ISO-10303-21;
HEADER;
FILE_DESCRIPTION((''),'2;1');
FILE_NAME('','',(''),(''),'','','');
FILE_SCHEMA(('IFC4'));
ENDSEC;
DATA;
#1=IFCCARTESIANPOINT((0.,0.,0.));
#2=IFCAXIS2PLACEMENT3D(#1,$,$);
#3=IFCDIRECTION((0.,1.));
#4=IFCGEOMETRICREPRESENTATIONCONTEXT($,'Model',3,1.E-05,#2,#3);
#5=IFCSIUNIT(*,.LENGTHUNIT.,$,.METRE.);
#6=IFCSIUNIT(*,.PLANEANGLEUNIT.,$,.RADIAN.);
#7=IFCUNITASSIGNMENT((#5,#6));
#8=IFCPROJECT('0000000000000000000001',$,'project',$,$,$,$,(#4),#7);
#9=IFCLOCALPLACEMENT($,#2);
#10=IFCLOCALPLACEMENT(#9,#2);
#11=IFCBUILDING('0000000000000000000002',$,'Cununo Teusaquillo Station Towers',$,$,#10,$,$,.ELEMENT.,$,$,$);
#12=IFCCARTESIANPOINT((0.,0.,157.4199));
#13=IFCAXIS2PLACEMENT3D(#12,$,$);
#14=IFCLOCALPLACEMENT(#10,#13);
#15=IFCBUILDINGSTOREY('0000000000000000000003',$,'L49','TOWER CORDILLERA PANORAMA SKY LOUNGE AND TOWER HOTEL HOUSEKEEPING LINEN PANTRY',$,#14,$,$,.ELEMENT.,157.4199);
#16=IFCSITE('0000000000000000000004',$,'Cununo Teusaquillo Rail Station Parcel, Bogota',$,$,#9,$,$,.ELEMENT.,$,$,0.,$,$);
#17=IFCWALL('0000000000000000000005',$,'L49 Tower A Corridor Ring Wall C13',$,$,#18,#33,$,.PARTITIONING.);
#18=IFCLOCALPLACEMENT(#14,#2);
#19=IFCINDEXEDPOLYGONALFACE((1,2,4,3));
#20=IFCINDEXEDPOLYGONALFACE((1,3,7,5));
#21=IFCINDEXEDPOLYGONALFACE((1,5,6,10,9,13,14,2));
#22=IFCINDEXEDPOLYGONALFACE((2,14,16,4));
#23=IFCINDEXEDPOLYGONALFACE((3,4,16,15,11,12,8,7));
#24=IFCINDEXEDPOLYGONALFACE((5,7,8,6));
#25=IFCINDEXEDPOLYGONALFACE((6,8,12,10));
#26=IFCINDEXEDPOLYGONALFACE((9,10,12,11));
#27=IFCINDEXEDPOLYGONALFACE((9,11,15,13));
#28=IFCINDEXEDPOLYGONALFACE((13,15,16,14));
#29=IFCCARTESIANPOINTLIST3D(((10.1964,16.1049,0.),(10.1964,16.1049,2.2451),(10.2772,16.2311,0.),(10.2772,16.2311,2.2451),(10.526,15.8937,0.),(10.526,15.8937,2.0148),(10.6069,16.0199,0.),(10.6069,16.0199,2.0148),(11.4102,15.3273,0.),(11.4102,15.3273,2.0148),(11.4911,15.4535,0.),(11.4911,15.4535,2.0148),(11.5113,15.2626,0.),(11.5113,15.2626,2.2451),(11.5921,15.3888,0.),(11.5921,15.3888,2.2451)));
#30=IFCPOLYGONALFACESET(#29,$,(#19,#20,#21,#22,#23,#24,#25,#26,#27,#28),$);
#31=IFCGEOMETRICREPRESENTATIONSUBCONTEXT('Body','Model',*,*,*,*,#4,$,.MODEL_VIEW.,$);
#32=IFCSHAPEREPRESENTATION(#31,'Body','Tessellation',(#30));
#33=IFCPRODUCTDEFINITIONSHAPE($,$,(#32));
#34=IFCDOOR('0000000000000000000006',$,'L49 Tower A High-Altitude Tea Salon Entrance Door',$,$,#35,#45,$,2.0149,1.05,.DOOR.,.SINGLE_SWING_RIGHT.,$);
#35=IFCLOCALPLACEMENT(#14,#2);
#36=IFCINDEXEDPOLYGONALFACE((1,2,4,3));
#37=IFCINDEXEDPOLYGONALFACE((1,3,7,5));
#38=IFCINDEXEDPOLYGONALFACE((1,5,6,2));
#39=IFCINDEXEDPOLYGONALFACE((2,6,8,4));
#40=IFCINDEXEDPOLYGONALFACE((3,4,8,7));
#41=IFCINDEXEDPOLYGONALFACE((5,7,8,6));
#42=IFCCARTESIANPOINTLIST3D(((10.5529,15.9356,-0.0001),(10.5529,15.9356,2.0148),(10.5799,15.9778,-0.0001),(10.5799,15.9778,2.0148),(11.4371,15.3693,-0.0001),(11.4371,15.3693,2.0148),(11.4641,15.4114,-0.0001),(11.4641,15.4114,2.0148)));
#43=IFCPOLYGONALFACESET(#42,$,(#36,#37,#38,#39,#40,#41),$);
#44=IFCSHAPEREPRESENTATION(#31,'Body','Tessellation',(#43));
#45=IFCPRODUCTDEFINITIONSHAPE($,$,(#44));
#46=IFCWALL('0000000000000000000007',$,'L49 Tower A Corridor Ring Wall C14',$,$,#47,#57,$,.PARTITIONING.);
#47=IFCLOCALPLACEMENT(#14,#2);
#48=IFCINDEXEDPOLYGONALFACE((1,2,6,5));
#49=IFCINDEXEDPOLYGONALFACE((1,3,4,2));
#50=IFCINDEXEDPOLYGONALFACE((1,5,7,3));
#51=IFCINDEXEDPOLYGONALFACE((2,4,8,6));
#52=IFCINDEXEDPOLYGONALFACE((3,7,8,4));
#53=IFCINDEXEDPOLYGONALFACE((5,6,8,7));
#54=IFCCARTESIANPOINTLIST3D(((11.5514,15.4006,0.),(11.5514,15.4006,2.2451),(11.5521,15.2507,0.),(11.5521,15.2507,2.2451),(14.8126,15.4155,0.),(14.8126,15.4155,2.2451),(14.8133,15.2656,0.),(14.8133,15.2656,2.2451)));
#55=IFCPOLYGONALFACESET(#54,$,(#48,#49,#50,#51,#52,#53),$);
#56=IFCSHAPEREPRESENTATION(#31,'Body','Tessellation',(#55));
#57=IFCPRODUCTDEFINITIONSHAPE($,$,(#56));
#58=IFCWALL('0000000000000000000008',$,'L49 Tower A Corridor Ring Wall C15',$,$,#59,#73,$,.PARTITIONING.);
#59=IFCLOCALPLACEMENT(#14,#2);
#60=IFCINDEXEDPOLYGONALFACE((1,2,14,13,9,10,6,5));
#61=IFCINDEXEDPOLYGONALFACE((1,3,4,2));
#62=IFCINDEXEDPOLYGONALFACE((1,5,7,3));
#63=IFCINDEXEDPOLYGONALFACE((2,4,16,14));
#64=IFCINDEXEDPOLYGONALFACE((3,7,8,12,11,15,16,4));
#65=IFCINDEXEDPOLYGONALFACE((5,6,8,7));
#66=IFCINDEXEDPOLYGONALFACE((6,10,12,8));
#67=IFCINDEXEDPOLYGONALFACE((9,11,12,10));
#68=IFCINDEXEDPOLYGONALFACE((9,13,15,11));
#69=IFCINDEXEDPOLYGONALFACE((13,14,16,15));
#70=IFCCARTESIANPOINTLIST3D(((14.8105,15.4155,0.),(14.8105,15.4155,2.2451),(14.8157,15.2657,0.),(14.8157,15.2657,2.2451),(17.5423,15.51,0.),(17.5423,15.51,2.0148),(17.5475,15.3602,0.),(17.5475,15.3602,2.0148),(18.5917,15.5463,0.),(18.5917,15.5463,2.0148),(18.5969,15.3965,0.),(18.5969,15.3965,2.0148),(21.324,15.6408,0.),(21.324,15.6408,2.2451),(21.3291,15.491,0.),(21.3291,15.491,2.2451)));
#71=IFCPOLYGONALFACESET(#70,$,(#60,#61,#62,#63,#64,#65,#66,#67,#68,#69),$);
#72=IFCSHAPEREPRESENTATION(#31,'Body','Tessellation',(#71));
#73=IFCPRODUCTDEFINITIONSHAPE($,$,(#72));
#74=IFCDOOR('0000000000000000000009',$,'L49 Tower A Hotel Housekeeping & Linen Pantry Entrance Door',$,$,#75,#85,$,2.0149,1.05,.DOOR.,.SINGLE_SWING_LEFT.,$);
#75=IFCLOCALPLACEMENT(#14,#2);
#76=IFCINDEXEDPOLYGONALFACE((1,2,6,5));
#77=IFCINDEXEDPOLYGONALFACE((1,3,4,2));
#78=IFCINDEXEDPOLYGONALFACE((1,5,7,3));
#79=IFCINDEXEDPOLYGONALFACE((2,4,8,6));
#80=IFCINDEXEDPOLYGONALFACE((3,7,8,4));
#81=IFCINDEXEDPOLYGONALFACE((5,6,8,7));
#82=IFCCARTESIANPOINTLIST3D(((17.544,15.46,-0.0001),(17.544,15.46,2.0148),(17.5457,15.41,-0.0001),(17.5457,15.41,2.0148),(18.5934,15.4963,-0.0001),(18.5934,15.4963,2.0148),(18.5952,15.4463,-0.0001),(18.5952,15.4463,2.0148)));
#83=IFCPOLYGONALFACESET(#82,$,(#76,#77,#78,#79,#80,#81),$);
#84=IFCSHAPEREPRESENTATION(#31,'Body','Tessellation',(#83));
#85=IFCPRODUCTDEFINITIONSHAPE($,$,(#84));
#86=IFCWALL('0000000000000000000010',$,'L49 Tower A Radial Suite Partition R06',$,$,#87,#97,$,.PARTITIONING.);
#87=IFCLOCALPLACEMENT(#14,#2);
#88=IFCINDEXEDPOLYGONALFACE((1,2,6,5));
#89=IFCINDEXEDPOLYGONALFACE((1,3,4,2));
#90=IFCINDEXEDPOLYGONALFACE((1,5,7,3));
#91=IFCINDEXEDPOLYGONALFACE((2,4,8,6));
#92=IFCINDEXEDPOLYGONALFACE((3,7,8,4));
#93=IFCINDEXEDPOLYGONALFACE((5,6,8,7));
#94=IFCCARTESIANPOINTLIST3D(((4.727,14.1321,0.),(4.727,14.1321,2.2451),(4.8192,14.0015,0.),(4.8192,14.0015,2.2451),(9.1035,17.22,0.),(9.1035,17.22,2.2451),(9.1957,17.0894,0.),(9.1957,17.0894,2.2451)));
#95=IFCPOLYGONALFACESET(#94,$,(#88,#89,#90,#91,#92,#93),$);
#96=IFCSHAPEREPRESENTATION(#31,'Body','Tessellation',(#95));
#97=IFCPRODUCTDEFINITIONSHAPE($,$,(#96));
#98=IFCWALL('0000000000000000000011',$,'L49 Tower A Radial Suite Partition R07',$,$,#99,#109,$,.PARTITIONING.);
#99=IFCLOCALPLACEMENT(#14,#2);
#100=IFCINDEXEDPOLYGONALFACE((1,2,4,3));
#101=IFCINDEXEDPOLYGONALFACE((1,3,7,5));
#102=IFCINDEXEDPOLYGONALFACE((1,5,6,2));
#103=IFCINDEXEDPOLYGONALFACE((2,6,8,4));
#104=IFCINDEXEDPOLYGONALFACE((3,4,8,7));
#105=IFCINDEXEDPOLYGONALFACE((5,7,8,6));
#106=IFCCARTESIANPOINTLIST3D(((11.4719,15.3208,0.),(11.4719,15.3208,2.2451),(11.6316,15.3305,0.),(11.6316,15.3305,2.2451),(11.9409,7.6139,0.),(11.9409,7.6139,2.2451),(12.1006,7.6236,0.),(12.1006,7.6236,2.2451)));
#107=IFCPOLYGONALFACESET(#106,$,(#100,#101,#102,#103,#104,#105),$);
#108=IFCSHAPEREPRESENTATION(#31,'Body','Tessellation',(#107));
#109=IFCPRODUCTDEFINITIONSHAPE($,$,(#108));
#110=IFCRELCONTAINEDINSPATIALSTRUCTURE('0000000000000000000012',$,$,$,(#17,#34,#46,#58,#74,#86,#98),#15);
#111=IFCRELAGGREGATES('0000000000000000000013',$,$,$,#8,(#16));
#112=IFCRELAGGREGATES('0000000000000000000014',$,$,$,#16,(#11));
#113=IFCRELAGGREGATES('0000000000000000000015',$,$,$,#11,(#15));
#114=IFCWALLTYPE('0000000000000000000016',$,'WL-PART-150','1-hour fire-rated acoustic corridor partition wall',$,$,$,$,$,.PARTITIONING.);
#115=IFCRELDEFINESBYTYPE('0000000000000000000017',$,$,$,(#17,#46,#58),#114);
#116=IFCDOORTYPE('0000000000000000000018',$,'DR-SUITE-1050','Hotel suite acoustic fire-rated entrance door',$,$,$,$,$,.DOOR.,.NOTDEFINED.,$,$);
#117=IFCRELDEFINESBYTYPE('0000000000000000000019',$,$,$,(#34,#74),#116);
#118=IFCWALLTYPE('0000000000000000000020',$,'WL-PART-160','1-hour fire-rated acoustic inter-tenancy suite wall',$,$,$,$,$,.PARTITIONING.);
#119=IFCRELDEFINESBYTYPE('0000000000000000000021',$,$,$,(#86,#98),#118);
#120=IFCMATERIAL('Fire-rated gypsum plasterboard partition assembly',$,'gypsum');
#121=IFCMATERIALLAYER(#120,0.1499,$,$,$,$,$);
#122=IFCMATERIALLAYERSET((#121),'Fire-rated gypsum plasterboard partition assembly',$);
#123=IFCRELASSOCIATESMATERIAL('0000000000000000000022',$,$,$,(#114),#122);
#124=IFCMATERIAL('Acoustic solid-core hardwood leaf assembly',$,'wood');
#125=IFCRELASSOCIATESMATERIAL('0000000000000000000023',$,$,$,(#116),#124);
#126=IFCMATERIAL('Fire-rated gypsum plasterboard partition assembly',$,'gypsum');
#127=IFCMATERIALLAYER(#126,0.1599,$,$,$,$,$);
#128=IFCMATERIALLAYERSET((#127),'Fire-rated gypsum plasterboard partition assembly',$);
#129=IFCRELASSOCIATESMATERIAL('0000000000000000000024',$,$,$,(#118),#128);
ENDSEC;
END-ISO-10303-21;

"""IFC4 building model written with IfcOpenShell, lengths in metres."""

from ifc_helpers import new_model, si_unit, direction, frame, frame_2d, origin, place, context, subcontext, project, spatial, rectangle, extrude, source, transform, mapped, material, layer, layer_set, type_object, element, fill, save


model = new_model("IFC4")

# Units and contexts
model_context = context("Model", 3, precision=1e-05, world=origin(), true_north=direction((0.0, 1.0)))
body_context = subcontext(model_context, "Body", "Model", "MODEL_VIEW")
ifc_project = project(units=[si_unit("LENGTHUNIT", "METRE"), si_unit("PLANEANGLEUNIT", "RADIAN")], contexts=[model_context])

# Site, building, storey
site_placement = place(None, origin())
site = spatial("IfcSite", under=ifc_project, at=site_placement, Name="Cununo Teusaquillo Rail Station Parcel, Bogota", CompositionType="ELEMENT", RefElevation=0.0)
building_placement = place(site_placement, origin())
building = spatial("IfcBuilding", under=site, at=building_placement, Name="Cununo Teusaquillo Station Towers", CompositionType="ELEMENT")
storey_placement = place(building_placement, frame((0.0, 0.0, 157.4199)))
storey = spatial("IfcBuildingStorey", under=building, at=storey_placement, Name="L49", Description="TOWER CORDILLERA PANORAMA SKY LOUNGE AND TOWER HOTEL HOUSEKEEPING LINEN PANTRY", CompositionType="ELEMENT", Elevation=157.4199)

# Shared definitions
ifc_material_1 = material(Name="Fire-rated gypsum plasterboard partition assembly", Category="gypsum")
ifc_layer_1 = layer(ifc_material_1, 0.1499)
ifc_layer_set_1 = layer_set([ifc_layer_1], Name="Fire-rated gypsum plasterboard partition assembly")
wall_type_1 = type_object("IfcWallType", Name="WL-PART-150", Description="1-hour fire-rated acoustic corridor partition wall", PredefinedType="PARTITIONING", material=ifc_layer_set_1)

# Wall, opening, door
wall_1_placement = place(storey_placement, frame((10.2368, 16.168, 0.0), z_axis=(0.0, 0.0, 1.0), x_axis=(0.842061, -0.539382, 0.0)))
wall_1 = element("IfcWall", 1, at=wall_1_placement, inside=storey, type_object=wall_type_1, Name="L49 Tower A Corridor Ring Wall C13", PredefinedType="PARTITIONING", context=body_context, shape_type="SweptSolid", body=[
    extrude(rectangle(XDim=1.5615, YDim=0.1499, at=frame_2d((0.7808, 0.0))), origin(), (0.0, 0.0, 1.0), 2.2451),
])
shared_shape_1 = source(origin(), body_context, "Body", "SweptSolid", [
    extrude(rectangle(XDim=1.05, YDim=2.0149, at=frame_2d((0.5249, 1.0073))), frame((0.0, 0.085, 0.0), z_axis=(0.0, -1.0, 0.0), x_axis=(1.0, 0.0, 0.0)), (0.0, 0.0, 1.0), 0.1699),
])
opening_1_placement = place(wall_1_placement, frame((0.3916, 0.0, 0.0)))
opening_1 = element("IfcOpeningElement", 2, at=opening_1_placement, cuts=wall_1, PredefinedType="OPENING", context=body_context, shape_type="MappedRepresentation", body=[
    mapped(shared_shape_1, transform((0.0, 0.0, 0.0), x_axis=(1.0, 0.0, 0.0), y_axis=(0.0, 1.0, 0.0), z_axis=(0.0, 0.0, 1.0), scale=1.0)),
])
ifc_material_2 = material(Name="Acoustic solid-core hardwood leaf assembly", Category="wood")
door_type = type_object("IfcDoorType", Name="DR-SUITE-1050", Description="Hotel suite acoustic fire-rated entrance door", OperationType="NOTDEFINED", PredefinedType="DOOR", material=ifc_material_2)
shared_shape_2 = source(origin(), body_context, "Body", "SweptSolid", [
    extrude(rectangle(XDim=1.05, YDim=2.0149, at=frame_2d((0.5249, 1.0073))), frame((0.0, 0.0249, 0.0), z_axis=(0.0, -1.0, 0.0), x_axis=(1.0, 0.0, 0.0)), (0.0, 0.0, 1.0), 0.05),
])
door_1_placement = place(opening_1_placement, origin())
door_1 = element("IfcDoor", 3, at=door_1_placement, inside=storey, type_object=door_type, Name="L49 Tower A High-Altitude Tea Salon Entrance Door", OperationType="SINGLE_SWING_RIGHT", OverallHeight=2.0149, OverallWidth=1.05, PredefinedType="DOOR", context=body_context, shape_type="MappedRepresentation", body=[
    mapped(shared_shape_2, transform((0.0, 0.0, 0.0), x_axis=(1.0, 0.0, 0.0), y_axis=(0.0, 1.0, 0.0), z_axis=(0.0, 0.0, 1.0), scale=1.0)),
])
fill(opening_1, door_1)

# Wall
wall_2_placement = place(storey_placement, frame((11.5518, 15.3257, 0.0), z_axis=(0.0, 0.0, 1.0), x_axis=(0.99999, 0.004567, 0.0)))
element("IfcWall", 4, at=wall_2_placement, inside=storey, type_object=wall_type_1, Name="L49 Tower A Corridor Ring Wall C14", PredefinedType="PARTITIONING", context=body_context, shape_type="SweptSolid", body=[
    extrude(rectangle(XDim=3.2612, YDim=0.1499, at=frame_2d((1.6306, 0.0))), origin(), (0.0, 0.0, 1.0), 2.2451),
])

# Wall, opening, door
wall_3_placement = place(storey_placement, frame((14.813, 15.3406, 0.0), z_axis=(0.0, 0.0, 1.0), x_axis=(0.999402, 0.034576, 0.0)))
wall_3 = element("IfcWall", 5, at=wall_3_placement, inside=storey, type_object=wall_type_1, Name="L49 Tower A Corridor Ring Wall C15", PredefinedType="PARTITIONING", context=body_context, shape_type="SweptSolid", body=[
    extrude(rectangle(XDim=6.5173, YDim=0.1499, at=frame_2d((3.2588, 0.0))), origin(), (0.0, 0.0, 1.0), 2.2451),
])
opening_2_placement = place(wall_3_placement, frame((2.7336, 0.0, 0.0)))
opening_2 = element("IfcOpeningElement", 6, at=opening_2_placement, cuts=wall_3, PredefinedType="OPENING", context=body_context, shape_type="MappedRepresentation", body=[
    mapped(shared_shape_1, transform((0.0, 0.0, 0.0), x_axis=(1.0, 0.0, 0.0), y_axis=(0.0, 1.0, 0.0), z_axis=(0.0, 0.0, 1.0), scale=1.0)),
])
door_2_placement = place(opening_2_placement, origin())
door_2 = element("IfcDoor", 7, at=door_2_placement, inside=storey, type_object=door_type, Name="L49 Tower A Hotel Housekeeping & Linen Pantry Entrance Door", OperationType="SINGLE_SWING_LEFT", OverallHeight=2.0149, OverallWidth=1.05, PredefinedType="DOOR", context=body_context, shape_type="MappedRepresentation", body=[
    mapped(shared_shape_2, transform((0.0, 0.0, 0.0), x_axis=(1.0, 0.0, 0.0), y_axis=(0.0, 1.0, 0.0), z_axis=(0.0, 0.0, 1.0), scale=1.0)),
])
fill(opening_2, door_2)

# Walls
ifc_material_3 = material(Name="Fire-rated gypsum plasterboard partition assembly", Category="gypsum")
ifc_layer_2 = layer(ifc_material_3, 0.1599)
ifc_layer_set_2 = layer_set([ifc_layer_2], Name="Fire-rated gypsum plasterboard partition assembly")
wall_type_2 = type_object("IfcWallType", Name="WL-PART-160", Description="1-hour fire-rated acoustic inter-tenancy suite wall", PredefinedType="PARTITIONING", material=ifc_layer_set_2)
wall_4_placement = place(storey_placement, frame((9.1497, 17.1548, 0.0), z_axis=(0.0, 0.0, 1.0), x_axis=(-0.817089, -0.576511, 0.0)))
element("IfcWall", 8, at=wall_4_placement, inside=storey, type_object=wall_type_2, Name="L49 Tower A Radial Suite Partition R06", PredefinedType="PARTITIONING", context=body_context, shape_type="SweptSolid", body=[
    extrude(rectangle(XDim=5.3562, YDim=0.1599, at=frame_2d((2.6782, 0.0))), origin(), (0.0, 0.0, 1.0), 2.2451),
])
wall_5_placement = place(storey_placement, frame((11.5518, 15.3257, 0.0), z_axis=(0.0, 0.0, 1.0), x_axis=(0.06074, -0.998154, 0.0)))
element("IfcWall", 9, at=wall_5_placement, inside=storey, type_object=wall_type_2, Name="L49 Tower A Radial Suite Partition R07", PredefinedType="PARTITIONING", context=body_context, shape_type="SweptSolid", body=[
    extrude(rectangle(XDim=7.7212, YDim=0.1599, at=frame_2d((3.8606, 0.0))), origin(), (0.0, 0.0, 1.0), 2.2451),
])

save(model, "model.ifc")
